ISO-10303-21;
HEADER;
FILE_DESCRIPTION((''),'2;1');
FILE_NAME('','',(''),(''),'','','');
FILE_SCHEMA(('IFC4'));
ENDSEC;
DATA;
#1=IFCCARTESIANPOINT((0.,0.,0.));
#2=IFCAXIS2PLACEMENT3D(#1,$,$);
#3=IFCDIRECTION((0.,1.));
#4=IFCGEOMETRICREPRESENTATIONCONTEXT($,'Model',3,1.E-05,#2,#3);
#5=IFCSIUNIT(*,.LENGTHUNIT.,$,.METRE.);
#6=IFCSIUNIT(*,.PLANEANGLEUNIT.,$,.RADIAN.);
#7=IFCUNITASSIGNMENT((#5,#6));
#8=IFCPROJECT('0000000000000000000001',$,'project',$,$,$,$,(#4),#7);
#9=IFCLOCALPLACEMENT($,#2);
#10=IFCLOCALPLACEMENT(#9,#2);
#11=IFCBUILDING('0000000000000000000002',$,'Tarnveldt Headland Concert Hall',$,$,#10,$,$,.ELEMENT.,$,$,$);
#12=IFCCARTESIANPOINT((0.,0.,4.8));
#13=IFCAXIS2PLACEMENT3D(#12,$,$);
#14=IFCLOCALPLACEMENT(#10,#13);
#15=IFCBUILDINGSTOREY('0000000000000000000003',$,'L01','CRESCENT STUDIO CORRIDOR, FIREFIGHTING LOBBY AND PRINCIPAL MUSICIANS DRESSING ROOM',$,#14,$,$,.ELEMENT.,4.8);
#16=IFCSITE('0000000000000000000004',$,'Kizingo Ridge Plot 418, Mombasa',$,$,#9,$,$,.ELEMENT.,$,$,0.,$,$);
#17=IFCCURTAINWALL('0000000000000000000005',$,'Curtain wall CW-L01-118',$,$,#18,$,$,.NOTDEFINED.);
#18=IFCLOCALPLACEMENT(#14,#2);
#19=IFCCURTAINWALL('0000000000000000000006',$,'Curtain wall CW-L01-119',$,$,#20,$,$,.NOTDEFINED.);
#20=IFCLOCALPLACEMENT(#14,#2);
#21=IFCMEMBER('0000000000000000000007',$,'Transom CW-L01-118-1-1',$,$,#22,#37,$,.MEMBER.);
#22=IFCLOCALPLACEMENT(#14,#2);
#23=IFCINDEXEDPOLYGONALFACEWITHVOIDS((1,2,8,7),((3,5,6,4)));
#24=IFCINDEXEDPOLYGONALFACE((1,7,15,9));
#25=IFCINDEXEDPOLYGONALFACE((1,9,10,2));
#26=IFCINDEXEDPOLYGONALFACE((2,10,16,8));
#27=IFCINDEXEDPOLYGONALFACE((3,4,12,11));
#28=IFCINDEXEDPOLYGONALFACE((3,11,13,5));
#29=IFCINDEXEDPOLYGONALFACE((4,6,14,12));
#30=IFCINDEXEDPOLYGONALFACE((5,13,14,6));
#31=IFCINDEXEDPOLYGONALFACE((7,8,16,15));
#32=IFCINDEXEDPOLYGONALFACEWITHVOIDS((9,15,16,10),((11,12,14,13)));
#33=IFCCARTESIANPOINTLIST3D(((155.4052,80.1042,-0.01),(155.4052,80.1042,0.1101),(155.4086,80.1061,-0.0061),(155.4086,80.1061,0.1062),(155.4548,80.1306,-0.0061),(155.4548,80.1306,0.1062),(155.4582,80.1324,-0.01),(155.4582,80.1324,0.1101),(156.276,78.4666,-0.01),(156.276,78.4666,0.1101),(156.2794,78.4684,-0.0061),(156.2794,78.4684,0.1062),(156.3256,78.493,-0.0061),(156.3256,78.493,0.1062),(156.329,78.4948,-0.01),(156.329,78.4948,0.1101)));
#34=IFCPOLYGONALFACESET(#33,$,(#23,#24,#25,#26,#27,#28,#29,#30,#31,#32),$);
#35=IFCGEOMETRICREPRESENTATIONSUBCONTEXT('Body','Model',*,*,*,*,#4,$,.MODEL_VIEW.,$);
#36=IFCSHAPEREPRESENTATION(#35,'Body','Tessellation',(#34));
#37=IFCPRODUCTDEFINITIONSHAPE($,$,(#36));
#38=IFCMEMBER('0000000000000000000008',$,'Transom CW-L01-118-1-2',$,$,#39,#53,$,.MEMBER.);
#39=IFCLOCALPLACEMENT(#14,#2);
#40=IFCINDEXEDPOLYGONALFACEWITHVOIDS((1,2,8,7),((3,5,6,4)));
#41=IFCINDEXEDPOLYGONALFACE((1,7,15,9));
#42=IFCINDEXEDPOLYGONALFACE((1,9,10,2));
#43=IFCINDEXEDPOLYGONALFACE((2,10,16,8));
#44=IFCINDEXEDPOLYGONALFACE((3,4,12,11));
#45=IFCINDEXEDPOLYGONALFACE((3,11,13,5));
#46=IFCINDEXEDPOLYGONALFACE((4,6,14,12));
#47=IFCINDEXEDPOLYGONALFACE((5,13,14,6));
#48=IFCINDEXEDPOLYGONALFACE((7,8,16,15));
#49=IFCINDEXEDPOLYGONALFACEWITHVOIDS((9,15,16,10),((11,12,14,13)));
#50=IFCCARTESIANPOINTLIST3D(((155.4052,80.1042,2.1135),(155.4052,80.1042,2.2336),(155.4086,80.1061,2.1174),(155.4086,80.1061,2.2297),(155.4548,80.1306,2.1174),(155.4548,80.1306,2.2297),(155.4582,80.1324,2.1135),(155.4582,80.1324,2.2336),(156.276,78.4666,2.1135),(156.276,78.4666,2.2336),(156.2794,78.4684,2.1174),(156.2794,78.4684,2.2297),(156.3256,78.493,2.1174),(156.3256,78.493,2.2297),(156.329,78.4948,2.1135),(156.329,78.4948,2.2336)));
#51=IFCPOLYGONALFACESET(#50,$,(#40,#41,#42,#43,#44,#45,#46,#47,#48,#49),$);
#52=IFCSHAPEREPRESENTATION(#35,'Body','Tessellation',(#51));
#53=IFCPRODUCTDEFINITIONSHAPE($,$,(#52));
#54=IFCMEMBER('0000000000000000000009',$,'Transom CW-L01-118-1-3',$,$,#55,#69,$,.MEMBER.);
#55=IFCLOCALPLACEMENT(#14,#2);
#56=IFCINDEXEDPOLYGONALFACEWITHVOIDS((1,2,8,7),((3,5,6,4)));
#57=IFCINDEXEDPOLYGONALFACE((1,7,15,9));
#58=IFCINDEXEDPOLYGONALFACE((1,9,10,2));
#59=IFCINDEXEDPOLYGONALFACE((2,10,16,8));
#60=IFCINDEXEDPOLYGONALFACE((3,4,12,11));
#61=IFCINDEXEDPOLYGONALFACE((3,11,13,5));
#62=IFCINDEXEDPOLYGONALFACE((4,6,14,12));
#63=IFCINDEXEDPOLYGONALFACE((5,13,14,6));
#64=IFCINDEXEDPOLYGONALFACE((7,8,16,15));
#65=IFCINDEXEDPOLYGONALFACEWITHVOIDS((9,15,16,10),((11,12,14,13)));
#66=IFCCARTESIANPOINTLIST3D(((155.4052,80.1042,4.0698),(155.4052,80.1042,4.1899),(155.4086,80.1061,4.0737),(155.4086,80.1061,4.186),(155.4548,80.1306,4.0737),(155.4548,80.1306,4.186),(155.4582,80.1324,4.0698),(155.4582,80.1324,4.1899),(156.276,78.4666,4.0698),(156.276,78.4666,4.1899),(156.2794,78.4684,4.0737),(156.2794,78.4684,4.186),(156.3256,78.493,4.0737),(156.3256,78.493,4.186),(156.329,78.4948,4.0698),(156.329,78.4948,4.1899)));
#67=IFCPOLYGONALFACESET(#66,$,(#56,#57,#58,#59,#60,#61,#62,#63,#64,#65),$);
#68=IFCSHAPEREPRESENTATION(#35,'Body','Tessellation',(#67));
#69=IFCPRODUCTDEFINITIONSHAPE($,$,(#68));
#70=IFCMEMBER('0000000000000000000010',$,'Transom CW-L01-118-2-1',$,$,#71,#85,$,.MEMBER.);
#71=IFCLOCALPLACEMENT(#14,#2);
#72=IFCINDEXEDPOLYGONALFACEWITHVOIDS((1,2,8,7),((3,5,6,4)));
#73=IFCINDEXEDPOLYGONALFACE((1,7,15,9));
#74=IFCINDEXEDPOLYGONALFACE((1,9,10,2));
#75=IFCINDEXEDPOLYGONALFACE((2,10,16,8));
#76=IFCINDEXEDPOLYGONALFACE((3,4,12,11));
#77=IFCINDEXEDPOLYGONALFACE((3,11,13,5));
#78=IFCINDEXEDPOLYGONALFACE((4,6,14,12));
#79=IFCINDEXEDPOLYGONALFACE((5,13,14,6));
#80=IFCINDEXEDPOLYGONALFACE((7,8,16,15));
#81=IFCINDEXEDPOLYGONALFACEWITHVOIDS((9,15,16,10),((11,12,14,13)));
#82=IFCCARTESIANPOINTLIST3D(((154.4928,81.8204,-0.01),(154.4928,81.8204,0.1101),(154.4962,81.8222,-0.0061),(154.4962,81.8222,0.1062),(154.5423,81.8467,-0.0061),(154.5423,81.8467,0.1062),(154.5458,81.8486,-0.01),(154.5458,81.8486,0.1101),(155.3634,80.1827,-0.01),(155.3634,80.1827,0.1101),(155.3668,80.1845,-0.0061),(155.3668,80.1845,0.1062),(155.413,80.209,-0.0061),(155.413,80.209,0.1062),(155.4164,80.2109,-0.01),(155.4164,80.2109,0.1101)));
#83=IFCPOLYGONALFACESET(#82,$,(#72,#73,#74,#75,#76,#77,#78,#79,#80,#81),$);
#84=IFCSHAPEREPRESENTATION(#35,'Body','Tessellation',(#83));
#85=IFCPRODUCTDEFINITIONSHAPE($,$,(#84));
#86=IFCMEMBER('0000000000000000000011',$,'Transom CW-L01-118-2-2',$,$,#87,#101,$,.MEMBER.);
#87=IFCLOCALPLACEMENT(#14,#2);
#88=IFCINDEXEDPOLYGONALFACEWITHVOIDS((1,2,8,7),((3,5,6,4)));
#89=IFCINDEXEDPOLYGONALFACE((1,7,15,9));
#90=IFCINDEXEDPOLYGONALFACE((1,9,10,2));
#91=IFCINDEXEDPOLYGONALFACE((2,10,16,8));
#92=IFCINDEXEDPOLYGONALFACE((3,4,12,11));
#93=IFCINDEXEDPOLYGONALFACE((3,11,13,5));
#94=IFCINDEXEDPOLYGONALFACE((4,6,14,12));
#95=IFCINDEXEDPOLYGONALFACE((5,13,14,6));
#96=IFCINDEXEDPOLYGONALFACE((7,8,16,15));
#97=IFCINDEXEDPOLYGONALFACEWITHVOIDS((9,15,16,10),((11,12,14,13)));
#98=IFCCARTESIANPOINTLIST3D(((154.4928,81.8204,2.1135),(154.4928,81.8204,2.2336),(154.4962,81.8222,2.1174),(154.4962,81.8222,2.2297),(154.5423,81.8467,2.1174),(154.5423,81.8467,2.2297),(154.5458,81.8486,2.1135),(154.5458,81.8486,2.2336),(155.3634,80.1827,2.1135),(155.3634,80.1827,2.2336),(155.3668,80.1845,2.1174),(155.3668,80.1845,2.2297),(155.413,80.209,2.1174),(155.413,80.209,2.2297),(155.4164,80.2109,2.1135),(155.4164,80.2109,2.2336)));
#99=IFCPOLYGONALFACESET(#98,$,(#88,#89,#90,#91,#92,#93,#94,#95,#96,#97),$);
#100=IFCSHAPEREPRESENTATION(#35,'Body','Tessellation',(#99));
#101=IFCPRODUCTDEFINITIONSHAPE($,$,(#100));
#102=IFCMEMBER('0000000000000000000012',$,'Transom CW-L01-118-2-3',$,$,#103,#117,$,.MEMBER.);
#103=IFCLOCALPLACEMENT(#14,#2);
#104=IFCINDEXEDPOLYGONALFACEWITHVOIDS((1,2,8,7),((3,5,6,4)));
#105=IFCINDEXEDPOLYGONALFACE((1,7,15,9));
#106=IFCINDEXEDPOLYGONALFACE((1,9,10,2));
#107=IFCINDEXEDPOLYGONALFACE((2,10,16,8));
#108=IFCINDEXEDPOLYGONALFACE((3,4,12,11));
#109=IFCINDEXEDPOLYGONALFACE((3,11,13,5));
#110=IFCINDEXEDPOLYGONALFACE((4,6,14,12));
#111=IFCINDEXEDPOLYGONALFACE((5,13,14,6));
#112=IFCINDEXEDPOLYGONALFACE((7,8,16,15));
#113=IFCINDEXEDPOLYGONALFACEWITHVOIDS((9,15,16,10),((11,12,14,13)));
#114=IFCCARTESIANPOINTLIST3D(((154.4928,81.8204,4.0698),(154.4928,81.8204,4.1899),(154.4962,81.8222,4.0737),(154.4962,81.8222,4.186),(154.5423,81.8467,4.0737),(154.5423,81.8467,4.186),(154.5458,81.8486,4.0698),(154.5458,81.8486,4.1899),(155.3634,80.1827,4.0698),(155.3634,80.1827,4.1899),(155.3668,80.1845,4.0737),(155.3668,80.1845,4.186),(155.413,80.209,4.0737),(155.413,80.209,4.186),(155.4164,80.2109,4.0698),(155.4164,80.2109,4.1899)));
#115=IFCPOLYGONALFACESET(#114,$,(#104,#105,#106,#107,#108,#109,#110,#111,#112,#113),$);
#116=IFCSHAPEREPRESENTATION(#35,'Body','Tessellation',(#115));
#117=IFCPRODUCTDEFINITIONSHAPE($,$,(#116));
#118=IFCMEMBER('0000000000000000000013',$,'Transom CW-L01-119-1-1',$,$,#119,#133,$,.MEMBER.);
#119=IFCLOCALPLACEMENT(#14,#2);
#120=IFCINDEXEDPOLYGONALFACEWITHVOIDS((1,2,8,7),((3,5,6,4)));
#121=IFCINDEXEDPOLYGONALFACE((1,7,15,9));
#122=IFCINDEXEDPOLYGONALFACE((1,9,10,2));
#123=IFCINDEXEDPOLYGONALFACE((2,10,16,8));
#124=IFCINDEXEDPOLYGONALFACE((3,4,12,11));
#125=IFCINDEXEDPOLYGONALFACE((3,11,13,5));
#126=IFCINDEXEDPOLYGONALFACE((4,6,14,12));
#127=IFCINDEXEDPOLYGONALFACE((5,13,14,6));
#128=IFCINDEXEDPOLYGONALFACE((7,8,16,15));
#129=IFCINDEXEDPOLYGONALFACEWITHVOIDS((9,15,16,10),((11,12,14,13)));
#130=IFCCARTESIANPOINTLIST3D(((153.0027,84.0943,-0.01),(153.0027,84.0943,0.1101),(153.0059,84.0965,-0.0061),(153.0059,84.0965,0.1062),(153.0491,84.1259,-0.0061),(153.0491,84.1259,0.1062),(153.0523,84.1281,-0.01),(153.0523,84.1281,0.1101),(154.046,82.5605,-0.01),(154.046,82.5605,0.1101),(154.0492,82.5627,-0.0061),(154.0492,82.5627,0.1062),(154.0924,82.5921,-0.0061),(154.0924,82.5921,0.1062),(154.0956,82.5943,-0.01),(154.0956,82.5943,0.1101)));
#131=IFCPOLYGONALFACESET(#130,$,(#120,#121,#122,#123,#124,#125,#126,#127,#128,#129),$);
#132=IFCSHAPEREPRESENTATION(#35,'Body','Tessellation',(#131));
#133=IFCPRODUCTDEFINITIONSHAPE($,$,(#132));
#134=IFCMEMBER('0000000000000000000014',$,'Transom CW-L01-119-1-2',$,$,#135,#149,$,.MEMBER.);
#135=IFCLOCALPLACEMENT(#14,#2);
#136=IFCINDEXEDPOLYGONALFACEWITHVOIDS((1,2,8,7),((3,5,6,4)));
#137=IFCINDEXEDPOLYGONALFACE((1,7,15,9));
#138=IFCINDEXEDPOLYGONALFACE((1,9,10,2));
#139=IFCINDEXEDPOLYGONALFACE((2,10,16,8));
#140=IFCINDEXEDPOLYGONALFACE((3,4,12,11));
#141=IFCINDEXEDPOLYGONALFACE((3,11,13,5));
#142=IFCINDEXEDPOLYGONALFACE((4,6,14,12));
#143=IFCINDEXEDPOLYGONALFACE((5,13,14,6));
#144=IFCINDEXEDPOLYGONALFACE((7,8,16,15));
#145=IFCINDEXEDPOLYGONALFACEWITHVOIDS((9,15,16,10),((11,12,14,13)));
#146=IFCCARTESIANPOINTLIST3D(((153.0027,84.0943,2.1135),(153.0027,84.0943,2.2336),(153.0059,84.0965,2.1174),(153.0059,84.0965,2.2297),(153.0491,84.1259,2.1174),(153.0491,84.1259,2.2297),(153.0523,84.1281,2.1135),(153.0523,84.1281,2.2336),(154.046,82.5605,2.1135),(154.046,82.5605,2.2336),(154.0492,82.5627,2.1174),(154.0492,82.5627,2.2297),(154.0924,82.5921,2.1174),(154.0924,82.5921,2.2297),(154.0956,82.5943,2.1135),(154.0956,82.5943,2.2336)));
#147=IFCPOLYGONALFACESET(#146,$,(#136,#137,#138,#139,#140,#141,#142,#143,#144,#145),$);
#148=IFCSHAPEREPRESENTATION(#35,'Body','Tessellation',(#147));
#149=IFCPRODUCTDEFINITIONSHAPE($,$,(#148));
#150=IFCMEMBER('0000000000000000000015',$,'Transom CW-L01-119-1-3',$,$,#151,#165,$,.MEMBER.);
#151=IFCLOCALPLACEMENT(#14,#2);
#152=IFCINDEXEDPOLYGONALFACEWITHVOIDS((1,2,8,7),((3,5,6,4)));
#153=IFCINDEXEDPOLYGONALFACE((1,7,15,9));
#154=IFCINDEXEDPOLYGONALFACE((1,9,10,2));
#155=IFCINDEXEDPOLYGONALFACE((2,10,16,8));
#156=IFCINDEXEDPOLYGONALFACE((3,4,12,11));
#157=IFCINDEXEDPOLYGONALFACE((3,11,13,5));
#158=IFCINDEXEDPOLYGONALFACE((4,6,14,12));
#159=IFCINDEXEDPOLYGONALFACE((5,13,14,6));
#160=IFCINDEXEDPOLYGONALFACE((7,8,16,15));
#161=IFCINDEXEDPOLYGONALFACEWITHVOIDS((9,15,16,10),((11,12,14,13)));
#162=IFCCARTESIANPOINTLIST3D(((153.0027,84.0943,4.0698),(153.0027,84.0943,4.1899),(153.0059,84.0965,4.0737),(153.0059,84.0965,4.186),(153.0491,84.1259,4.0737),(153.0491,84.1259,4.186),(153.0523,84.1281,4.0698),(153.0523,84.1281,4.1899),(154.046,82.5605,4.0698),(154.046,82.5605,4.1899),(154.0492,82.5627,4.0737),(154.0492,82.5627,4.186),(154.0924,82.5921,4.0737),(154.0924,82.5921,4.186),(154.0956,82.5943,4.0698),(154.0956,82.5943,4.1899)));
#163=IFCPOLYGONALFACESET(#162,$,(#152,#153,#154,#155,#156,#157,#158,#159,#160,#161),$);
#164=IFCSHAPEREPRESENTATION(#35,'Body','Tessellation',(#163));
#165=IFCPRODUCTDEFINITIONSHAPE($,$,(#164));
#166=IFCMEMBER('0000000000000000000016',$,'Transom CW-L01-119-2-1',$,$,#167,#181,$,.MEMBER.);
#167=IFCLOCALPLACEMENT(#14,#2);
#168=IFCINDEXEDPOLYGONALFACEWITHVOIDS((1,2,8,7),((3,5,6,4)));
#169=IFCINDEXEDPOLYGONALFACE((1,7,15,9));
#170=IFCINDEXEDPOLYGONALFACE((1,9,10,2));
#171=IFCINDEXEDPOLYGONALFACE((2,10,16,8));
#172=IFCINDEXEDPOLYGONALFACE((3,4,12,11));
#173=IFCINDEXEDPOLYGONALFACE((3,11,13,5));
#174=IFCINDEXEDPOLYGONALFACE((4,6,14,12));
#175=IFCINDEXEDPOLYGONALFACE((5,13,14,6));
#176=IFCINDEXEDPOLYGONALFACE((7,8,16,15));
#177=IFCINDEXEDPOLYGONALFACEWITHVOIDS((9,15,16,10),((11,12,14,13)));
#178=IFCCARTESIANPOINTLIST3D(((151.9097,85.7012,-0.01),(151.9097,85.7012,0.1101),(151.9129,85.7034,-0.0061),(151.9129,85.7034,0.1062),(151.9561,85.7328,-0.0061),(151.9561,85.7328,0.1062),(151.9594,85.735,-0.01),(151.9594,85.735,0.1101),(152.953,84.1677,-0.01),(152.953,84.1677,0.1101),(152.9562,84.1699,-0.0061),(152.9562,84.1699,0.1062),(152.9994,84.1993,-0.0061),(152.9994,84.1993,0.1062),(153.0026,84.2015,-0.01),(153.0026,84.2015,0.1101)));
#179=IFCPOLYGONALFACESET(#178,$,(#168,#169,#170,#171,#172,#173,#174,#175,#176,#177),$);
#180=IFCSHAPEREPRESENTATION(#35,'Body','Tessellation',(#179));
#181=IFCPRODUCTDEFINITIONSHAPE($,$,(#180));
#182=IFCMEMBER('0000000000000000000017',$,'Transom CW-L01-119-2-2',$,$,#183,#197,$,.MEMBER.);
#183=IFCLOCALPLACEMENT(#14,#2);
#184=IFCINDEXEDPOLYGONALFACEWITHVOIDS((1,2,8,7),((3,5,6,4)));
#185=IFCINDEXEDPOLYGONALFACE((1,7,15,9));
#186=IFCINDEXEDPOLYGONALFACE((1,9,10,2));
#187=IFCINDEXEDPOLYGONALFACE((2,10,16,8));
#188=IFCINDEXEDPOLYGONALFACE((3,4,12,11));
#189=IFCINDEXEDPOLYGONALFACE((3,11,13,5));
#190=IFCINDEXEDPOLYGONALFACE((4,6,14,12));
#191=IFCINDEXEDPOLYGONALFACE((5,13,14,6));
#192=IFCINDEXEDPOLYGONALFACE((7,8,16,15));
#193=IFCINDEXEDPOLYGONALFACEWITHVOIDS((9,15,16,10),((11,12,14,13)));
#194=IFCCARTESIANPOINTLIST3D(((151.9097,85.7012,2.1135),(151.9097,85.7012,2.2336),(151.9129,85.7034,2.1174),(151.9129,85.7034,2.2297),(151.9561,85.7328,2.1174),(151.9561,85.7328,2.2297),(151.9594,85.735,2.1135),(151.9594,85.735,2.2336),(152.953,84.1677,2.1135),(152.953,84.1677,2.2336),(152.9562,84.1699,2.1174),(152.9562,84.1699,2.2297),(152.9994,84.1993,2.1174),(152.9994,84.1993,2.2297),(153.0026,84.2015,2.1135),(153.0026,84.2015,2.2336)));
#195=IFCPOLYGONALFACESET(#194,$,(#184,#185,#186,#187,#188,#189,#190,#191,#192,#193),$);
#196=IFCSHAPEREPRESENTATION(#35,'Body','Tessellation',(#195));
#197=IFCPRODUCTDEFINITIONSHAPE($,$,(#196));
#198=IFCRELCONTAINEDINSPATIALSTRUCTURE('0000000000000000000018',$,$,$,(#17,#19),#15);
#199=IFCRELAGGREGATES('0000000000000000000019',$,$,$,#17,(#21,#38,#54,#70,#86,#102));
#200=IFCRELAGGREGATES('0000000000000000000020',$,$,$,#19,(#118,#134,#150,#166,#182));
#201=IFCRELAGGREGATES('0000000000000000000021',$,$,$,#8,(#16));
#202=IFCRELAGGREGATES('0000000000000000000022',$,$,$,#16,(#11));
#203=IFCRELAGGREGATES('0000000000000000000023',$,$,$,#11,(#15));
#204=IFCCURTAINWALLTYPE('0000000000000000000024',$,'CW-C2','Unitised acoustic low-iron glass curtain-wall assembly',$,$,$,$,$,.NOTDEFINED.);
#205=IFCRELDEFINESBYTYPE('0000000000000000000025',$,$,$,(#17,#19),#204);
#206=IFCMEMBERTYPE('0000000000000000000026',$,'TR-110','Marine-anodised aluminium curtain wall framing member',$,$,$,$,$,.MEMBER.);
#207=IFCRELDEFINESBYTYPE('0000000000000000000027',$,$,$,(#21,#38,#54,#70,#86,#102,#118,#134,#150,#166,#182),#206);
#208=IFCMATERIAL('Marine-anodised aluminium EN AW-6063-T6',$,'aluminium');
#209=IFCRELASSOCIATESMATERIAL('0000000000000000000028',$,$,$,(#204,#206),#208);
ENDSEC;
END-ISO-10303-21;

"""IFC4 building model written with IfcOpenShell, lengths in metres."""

from ifc_helpers import new_model, si_unit, direction, frame, origin, origin_2d, place, context, subcontext, project, spatial, hollow_rectangle, extrude, material, material_profile, profile_set, type_object, element, aggregate, save


model = new_model("IFC4")

# Units and contexts
model_context = context("Model", 3, precision=1e-05, world=origin(), true_north=direction((0.0, 1.0)))
body_context = subcontext(model_context, "Body", "Model", "MODEL_VIEW")
ifc_project = project(units=[si_unit("LENGTHUNIT", "METRE"), si_unit("PLANEANGLEUNIT", "RADIAN")], contexts=[model_context])

# Site, building, storey
site_placement = place(None, origin())
site = spatial("IfcSite", under=ifc_project, at=site_placement, Name="Kizingo Ridge Plot 418, Mombasa", CompositionType="ELEMENT", RefElevation=0.0)
building_placement = place(site_placement, origin())
building = spatial("IfcBuilding", under=site, at=building_placement, Name="Tarnveldt Headland Concert Hall", CompositionType="ELEMENT")
storey_placement = place(building_placement, frame((0.0, 0.0, 4.8)))
storey = spatial("IfcBuildingStorey", under=building, at=storey_placement, Name="L01", Description="CRESCENT STUDIO CORRIDOR, FIREFIGHTING LOBBY AND PRINCIPAL MUSICIANS DRESSING ROOM", CompositionType="ELEMENT", Elevation=4.8)

# Shared definitions
ifc_material_1 = material(Name="Marine-anodised aluminium EN AW-6063-T6", Category="aluminium")
curtain_wall_type = type_object("IfcCurtainWallType", Name="CW-C2", Description="Unitised acoustic low-iron glass curtain-wall assembly", PredefinedType="NOTDEFINED", material=ifc_material_1)

# Curtain walls
curtain_wall_1_placement = place(storey_placement, origin())
curtain_wall_1 = element("IfcCurtainWall", 1, at=curtain_wall_1_placement, inside=storey, type_object=curtain_wall_type, Name="Curtain wall CW-L01-118", PredefinedType="NOTDEFINED")
curtain_wall_2_placement = place(storey_placement, origin())
curtain_wall_2 = element("IfcCurtainWall", 2, at=curtain_wall_2_placement, inside=storey, type_object=curtain_wall_type, Name="Curtain wall CW-L01-119", PredefinedType="NOTDEFINED")

# Members
ifc_material_profile_1 = material_profile(ifc_material_1, hollow_rectangle(XDim=0.0601, YDim=0.1201, WallThickness=0.0039, at=origin_2d()), Name="ALU TRANSOM 60x120x4", Category="aluminium")
ifc_profile_set_1 = profile_set([ifc_material_profile_1], Name="Marine-anodised aluminium EN AW-6063-T6")
member_type_1 = type_object("IfcMemberType", Name="TR-110", Description="Marine-anodised aluminium curtain wall framing member", PredefinedType="MEMBER", material=ifc_profile_set_1)
member_1_placement = place(storey_placement, frame((156.3025, 78.4807, 0.05), z_axis=(-0.469502, 0.882932, 0.0), x_axis=(-0.882932, -0.469502, 0.0)))
member_1 = element("IfcMember", 3, at=member_1_placement, type_object=member_type_1, Name="Transom CW-L01-118-1-1", PredefinedType="MEMBER", context=body_context, shape_type="SweptSolid", body=[
    extrude(hollow_rectangle(XDim=0.0601, YDim=0.1201, WallThickness=0.0039, at=origin_2d()), origin(), (0.0, 0.0, 1.0), 1.8547),
])
member_2_placement = place(storey_placement, frame((156.3025, 78.4807, 2.1736), z_axis=(-0.469502, 0.882932, 0.0), x_axis=(-0.882932, -0.469502, 0.0)))
member_2 = element("IfcMember", 4, at=member_2_placement, type_object=member_type_1, Name="Transom CW-L01-118-1-2", PredefinedType="MEMBER", context=body_context, shape_type="SweptSolid", body=[
    extrude(hollow_rectangle(XDim=0.0601, YDim=0.1201, WallThickness=0.0039, at=origin_2d()), origin(), (0.0, 0.0, 1.0), 1.8547),
])
member_3_placement = place(storey_placement, frame((156.3025, 78.4807, 4.1299), z_axis=(-0.469502, 0.882932, 0.0), x_axis=(-0.882932, -0.469502, 0.0)))
member_3 = element("IfcMember", 5, at=member_3_placement, type_object=member_type_1, Name="Transom CW-L01-118-1-3", PredefinedType="MEMBER", context=body_context, shape_type="SweptSolid", body=[
    extrude(hollow_rectangle(XDim=0.0601, YDim=0.1201, WallThickness=0.0039, at=origin_2d()), origin(), (0.0, 0.0, 1.0), 1.8547),
])
member_4_placement = place(storey_placement, frame((155.3899, 80.1968, 0.05), z_axis=(-0.469399, 0.882986, 0.0), x_axis=(-0.882986, -0.469399, 0.0)))
member_4 = element("IfcMember", 6, at=member_4_placement, type_object=member_type_1, Name="Transom CW-L01-118-2-1", PredefinedType="MEMBER", context=body_context, shape_type="SweptSolid", body=[
    extrude(hollow_rectangle(XDim=0.0601, YDim=0.1201, WallThickness=0.0039, at=origin_2d()), origin(), (0.0, 0.0, 1.0), 1.8547),
])
member_5_placement = place(storey_placement, frame((155.3899, 80.1968, 2.1736), z_axis=(-0.469399, 0.882986, 0.0), x_axis=(-0.882986, -0.469399, 0.0)))
member_5 = element("IfcMember", 7, at=member_5_placement, type_object=member_type_1, Name="Transom CW-L01-118-2-2", PredefinedType="MEMBER", context=body_context, shape_type="SweptSolid", body=[
    extrude(hollow_rectangle(XDim=0.0601, YDim=0.1201, WallThickness=0.0039, at=origin_2d()), origin(), (0.0, 0.0, 1.0), 1.8547),
])
member_6_placement = place(storey_placement, frame((155.3899, 80.1968, 4.1299), z_axis=(-0.469399, 0.882986, 0.0), x_axis=(-0.882986, -0.469399, 0.0)))
member_6 = element("IfcMember", 8, at=member_6_placement, type_object=member_type_1, Name="Transom CW-L01-118-2-3", PredefinedType="MEMBER", context=body_context, shape_type="SweptSolid", body=[
    extrude(hollow_rectangle(XDim=0.0601, YDim=0.1201, WallThickness=0.0039, at=origin_2d()), origin(), (0.0, 0.0, 1.0), 1.8547),
])
member_7_placement = place(storey_placement, frame((154.0708, 82.5774, 0.05), z_axis=(-0.562422, 0.826851, 0.0), x_axis=(-0.826851, -0.562422, 0.0)))
member_7 = element("IfcMember", 9, at=member_7_placement, type_object=member_type_1, Name="Transom CW-L01-119-1-1", PredefinedType="MEMBER", context=body_context, shape_type="SweptSolid", body=[
    extrude(hollow_rectangle(XDim=0.0601, YDim=0.1201, WallThickness=0.0039, at=origin_2d()), origin(), (0.0, 0.0, 1.0), 1.855),
])
member_8_placement = place(storey_placement, frame((154.0708, 82.5774, 2.1736), z_axis=(-0.562422, 0.826851, 0.0), x_axis=(-0.826851, -0.562422, 0.0)))
member_8 = element("IfcMember", 10, at=member_8_placement, type_object=member_type_1, Name="Transom CW-L01-119-1-2", PredefinedType="MEMBER", context=body_context, shape_type="SweptSolid", body=[
    extrude(hollow_rectangle(XDim=0.0601, YDim=0.1201, WallThickness=0.0039, at=origin_2d()), origin(), (0.0, 0.0, 1.0), 1.855),
])
member_9_placement = place(storey_placement, frame((154.0708, 82.5774, 4.1299), z_axis=(-0.562422, 0.826851, 0.0), x_axis=(-0.826851, -0.562422, 0.0)))
member_9 = element("IfcMember", 11, at=member_9_placement, type_object=member_type_1, Name="Transom CW-L01-119-1-3", PredefinedType="MEMBER", context=body_context, shape_type="SweptSolid", body=[
    extrude(hollow_rectangle(XDim=0.0601, YDim=0.1201, WallThickness=0.0039, at=origin_2d()), origin(), (0.0, 0.0, 1.0), 1.855),
])
member_10_placement = place(storey_placement, frame((152.9778, 84.1846, 0.05), z_axis=(-0.562483, 0.826809, 0.0), x_axis=(-0.826809, -0.562483, 0.0)))
member_10 = element("IfcMember", 12, at=member_10_placement, type_object=member_type_1, Name="Transom CW-L01-119-2-1", PredefinedType="MEMBER", context=body_context, shape_type="SweptSolid", body=[
    extrude(hollow_rectangle(XDim=0.0601, YDim=0.1201, WallThickness=0.0039, at=origin_2d()), origin(), (0.0, 0.0, 1.0), 1.8547),
])
member_11_placement = place(storey_placement, frame((152.9778, 84.1846, 2.1736), z_axis=(-0.562483, 0.826809, 0.0), x_axis=(-0.826809, -0.562483, 0.0)))
member_11 = element("IfcMember", 13, at=member_11_placement, type_object=member_type_1, Name="Transom CW-L01-119-2-2", PredefinedType="MEMBER", context=body_context, shape_type="SweptSolid", body=[
    extrude(hollow_rectangle(XDim=0.0601, YDim=0.1201, WallThickness=0.0039, at=origin_2d()), origin(), (0.0, 0.0, 1.0), 1.8547),
])

aggregate(curtain_wall_1, [member_1, member_2, member_3, member_4, member_5, member_6])
aggregate(curtain_wall_2, [member_7, member_8, member_9, member_10, member_11])

save(model, "model.ifc")
